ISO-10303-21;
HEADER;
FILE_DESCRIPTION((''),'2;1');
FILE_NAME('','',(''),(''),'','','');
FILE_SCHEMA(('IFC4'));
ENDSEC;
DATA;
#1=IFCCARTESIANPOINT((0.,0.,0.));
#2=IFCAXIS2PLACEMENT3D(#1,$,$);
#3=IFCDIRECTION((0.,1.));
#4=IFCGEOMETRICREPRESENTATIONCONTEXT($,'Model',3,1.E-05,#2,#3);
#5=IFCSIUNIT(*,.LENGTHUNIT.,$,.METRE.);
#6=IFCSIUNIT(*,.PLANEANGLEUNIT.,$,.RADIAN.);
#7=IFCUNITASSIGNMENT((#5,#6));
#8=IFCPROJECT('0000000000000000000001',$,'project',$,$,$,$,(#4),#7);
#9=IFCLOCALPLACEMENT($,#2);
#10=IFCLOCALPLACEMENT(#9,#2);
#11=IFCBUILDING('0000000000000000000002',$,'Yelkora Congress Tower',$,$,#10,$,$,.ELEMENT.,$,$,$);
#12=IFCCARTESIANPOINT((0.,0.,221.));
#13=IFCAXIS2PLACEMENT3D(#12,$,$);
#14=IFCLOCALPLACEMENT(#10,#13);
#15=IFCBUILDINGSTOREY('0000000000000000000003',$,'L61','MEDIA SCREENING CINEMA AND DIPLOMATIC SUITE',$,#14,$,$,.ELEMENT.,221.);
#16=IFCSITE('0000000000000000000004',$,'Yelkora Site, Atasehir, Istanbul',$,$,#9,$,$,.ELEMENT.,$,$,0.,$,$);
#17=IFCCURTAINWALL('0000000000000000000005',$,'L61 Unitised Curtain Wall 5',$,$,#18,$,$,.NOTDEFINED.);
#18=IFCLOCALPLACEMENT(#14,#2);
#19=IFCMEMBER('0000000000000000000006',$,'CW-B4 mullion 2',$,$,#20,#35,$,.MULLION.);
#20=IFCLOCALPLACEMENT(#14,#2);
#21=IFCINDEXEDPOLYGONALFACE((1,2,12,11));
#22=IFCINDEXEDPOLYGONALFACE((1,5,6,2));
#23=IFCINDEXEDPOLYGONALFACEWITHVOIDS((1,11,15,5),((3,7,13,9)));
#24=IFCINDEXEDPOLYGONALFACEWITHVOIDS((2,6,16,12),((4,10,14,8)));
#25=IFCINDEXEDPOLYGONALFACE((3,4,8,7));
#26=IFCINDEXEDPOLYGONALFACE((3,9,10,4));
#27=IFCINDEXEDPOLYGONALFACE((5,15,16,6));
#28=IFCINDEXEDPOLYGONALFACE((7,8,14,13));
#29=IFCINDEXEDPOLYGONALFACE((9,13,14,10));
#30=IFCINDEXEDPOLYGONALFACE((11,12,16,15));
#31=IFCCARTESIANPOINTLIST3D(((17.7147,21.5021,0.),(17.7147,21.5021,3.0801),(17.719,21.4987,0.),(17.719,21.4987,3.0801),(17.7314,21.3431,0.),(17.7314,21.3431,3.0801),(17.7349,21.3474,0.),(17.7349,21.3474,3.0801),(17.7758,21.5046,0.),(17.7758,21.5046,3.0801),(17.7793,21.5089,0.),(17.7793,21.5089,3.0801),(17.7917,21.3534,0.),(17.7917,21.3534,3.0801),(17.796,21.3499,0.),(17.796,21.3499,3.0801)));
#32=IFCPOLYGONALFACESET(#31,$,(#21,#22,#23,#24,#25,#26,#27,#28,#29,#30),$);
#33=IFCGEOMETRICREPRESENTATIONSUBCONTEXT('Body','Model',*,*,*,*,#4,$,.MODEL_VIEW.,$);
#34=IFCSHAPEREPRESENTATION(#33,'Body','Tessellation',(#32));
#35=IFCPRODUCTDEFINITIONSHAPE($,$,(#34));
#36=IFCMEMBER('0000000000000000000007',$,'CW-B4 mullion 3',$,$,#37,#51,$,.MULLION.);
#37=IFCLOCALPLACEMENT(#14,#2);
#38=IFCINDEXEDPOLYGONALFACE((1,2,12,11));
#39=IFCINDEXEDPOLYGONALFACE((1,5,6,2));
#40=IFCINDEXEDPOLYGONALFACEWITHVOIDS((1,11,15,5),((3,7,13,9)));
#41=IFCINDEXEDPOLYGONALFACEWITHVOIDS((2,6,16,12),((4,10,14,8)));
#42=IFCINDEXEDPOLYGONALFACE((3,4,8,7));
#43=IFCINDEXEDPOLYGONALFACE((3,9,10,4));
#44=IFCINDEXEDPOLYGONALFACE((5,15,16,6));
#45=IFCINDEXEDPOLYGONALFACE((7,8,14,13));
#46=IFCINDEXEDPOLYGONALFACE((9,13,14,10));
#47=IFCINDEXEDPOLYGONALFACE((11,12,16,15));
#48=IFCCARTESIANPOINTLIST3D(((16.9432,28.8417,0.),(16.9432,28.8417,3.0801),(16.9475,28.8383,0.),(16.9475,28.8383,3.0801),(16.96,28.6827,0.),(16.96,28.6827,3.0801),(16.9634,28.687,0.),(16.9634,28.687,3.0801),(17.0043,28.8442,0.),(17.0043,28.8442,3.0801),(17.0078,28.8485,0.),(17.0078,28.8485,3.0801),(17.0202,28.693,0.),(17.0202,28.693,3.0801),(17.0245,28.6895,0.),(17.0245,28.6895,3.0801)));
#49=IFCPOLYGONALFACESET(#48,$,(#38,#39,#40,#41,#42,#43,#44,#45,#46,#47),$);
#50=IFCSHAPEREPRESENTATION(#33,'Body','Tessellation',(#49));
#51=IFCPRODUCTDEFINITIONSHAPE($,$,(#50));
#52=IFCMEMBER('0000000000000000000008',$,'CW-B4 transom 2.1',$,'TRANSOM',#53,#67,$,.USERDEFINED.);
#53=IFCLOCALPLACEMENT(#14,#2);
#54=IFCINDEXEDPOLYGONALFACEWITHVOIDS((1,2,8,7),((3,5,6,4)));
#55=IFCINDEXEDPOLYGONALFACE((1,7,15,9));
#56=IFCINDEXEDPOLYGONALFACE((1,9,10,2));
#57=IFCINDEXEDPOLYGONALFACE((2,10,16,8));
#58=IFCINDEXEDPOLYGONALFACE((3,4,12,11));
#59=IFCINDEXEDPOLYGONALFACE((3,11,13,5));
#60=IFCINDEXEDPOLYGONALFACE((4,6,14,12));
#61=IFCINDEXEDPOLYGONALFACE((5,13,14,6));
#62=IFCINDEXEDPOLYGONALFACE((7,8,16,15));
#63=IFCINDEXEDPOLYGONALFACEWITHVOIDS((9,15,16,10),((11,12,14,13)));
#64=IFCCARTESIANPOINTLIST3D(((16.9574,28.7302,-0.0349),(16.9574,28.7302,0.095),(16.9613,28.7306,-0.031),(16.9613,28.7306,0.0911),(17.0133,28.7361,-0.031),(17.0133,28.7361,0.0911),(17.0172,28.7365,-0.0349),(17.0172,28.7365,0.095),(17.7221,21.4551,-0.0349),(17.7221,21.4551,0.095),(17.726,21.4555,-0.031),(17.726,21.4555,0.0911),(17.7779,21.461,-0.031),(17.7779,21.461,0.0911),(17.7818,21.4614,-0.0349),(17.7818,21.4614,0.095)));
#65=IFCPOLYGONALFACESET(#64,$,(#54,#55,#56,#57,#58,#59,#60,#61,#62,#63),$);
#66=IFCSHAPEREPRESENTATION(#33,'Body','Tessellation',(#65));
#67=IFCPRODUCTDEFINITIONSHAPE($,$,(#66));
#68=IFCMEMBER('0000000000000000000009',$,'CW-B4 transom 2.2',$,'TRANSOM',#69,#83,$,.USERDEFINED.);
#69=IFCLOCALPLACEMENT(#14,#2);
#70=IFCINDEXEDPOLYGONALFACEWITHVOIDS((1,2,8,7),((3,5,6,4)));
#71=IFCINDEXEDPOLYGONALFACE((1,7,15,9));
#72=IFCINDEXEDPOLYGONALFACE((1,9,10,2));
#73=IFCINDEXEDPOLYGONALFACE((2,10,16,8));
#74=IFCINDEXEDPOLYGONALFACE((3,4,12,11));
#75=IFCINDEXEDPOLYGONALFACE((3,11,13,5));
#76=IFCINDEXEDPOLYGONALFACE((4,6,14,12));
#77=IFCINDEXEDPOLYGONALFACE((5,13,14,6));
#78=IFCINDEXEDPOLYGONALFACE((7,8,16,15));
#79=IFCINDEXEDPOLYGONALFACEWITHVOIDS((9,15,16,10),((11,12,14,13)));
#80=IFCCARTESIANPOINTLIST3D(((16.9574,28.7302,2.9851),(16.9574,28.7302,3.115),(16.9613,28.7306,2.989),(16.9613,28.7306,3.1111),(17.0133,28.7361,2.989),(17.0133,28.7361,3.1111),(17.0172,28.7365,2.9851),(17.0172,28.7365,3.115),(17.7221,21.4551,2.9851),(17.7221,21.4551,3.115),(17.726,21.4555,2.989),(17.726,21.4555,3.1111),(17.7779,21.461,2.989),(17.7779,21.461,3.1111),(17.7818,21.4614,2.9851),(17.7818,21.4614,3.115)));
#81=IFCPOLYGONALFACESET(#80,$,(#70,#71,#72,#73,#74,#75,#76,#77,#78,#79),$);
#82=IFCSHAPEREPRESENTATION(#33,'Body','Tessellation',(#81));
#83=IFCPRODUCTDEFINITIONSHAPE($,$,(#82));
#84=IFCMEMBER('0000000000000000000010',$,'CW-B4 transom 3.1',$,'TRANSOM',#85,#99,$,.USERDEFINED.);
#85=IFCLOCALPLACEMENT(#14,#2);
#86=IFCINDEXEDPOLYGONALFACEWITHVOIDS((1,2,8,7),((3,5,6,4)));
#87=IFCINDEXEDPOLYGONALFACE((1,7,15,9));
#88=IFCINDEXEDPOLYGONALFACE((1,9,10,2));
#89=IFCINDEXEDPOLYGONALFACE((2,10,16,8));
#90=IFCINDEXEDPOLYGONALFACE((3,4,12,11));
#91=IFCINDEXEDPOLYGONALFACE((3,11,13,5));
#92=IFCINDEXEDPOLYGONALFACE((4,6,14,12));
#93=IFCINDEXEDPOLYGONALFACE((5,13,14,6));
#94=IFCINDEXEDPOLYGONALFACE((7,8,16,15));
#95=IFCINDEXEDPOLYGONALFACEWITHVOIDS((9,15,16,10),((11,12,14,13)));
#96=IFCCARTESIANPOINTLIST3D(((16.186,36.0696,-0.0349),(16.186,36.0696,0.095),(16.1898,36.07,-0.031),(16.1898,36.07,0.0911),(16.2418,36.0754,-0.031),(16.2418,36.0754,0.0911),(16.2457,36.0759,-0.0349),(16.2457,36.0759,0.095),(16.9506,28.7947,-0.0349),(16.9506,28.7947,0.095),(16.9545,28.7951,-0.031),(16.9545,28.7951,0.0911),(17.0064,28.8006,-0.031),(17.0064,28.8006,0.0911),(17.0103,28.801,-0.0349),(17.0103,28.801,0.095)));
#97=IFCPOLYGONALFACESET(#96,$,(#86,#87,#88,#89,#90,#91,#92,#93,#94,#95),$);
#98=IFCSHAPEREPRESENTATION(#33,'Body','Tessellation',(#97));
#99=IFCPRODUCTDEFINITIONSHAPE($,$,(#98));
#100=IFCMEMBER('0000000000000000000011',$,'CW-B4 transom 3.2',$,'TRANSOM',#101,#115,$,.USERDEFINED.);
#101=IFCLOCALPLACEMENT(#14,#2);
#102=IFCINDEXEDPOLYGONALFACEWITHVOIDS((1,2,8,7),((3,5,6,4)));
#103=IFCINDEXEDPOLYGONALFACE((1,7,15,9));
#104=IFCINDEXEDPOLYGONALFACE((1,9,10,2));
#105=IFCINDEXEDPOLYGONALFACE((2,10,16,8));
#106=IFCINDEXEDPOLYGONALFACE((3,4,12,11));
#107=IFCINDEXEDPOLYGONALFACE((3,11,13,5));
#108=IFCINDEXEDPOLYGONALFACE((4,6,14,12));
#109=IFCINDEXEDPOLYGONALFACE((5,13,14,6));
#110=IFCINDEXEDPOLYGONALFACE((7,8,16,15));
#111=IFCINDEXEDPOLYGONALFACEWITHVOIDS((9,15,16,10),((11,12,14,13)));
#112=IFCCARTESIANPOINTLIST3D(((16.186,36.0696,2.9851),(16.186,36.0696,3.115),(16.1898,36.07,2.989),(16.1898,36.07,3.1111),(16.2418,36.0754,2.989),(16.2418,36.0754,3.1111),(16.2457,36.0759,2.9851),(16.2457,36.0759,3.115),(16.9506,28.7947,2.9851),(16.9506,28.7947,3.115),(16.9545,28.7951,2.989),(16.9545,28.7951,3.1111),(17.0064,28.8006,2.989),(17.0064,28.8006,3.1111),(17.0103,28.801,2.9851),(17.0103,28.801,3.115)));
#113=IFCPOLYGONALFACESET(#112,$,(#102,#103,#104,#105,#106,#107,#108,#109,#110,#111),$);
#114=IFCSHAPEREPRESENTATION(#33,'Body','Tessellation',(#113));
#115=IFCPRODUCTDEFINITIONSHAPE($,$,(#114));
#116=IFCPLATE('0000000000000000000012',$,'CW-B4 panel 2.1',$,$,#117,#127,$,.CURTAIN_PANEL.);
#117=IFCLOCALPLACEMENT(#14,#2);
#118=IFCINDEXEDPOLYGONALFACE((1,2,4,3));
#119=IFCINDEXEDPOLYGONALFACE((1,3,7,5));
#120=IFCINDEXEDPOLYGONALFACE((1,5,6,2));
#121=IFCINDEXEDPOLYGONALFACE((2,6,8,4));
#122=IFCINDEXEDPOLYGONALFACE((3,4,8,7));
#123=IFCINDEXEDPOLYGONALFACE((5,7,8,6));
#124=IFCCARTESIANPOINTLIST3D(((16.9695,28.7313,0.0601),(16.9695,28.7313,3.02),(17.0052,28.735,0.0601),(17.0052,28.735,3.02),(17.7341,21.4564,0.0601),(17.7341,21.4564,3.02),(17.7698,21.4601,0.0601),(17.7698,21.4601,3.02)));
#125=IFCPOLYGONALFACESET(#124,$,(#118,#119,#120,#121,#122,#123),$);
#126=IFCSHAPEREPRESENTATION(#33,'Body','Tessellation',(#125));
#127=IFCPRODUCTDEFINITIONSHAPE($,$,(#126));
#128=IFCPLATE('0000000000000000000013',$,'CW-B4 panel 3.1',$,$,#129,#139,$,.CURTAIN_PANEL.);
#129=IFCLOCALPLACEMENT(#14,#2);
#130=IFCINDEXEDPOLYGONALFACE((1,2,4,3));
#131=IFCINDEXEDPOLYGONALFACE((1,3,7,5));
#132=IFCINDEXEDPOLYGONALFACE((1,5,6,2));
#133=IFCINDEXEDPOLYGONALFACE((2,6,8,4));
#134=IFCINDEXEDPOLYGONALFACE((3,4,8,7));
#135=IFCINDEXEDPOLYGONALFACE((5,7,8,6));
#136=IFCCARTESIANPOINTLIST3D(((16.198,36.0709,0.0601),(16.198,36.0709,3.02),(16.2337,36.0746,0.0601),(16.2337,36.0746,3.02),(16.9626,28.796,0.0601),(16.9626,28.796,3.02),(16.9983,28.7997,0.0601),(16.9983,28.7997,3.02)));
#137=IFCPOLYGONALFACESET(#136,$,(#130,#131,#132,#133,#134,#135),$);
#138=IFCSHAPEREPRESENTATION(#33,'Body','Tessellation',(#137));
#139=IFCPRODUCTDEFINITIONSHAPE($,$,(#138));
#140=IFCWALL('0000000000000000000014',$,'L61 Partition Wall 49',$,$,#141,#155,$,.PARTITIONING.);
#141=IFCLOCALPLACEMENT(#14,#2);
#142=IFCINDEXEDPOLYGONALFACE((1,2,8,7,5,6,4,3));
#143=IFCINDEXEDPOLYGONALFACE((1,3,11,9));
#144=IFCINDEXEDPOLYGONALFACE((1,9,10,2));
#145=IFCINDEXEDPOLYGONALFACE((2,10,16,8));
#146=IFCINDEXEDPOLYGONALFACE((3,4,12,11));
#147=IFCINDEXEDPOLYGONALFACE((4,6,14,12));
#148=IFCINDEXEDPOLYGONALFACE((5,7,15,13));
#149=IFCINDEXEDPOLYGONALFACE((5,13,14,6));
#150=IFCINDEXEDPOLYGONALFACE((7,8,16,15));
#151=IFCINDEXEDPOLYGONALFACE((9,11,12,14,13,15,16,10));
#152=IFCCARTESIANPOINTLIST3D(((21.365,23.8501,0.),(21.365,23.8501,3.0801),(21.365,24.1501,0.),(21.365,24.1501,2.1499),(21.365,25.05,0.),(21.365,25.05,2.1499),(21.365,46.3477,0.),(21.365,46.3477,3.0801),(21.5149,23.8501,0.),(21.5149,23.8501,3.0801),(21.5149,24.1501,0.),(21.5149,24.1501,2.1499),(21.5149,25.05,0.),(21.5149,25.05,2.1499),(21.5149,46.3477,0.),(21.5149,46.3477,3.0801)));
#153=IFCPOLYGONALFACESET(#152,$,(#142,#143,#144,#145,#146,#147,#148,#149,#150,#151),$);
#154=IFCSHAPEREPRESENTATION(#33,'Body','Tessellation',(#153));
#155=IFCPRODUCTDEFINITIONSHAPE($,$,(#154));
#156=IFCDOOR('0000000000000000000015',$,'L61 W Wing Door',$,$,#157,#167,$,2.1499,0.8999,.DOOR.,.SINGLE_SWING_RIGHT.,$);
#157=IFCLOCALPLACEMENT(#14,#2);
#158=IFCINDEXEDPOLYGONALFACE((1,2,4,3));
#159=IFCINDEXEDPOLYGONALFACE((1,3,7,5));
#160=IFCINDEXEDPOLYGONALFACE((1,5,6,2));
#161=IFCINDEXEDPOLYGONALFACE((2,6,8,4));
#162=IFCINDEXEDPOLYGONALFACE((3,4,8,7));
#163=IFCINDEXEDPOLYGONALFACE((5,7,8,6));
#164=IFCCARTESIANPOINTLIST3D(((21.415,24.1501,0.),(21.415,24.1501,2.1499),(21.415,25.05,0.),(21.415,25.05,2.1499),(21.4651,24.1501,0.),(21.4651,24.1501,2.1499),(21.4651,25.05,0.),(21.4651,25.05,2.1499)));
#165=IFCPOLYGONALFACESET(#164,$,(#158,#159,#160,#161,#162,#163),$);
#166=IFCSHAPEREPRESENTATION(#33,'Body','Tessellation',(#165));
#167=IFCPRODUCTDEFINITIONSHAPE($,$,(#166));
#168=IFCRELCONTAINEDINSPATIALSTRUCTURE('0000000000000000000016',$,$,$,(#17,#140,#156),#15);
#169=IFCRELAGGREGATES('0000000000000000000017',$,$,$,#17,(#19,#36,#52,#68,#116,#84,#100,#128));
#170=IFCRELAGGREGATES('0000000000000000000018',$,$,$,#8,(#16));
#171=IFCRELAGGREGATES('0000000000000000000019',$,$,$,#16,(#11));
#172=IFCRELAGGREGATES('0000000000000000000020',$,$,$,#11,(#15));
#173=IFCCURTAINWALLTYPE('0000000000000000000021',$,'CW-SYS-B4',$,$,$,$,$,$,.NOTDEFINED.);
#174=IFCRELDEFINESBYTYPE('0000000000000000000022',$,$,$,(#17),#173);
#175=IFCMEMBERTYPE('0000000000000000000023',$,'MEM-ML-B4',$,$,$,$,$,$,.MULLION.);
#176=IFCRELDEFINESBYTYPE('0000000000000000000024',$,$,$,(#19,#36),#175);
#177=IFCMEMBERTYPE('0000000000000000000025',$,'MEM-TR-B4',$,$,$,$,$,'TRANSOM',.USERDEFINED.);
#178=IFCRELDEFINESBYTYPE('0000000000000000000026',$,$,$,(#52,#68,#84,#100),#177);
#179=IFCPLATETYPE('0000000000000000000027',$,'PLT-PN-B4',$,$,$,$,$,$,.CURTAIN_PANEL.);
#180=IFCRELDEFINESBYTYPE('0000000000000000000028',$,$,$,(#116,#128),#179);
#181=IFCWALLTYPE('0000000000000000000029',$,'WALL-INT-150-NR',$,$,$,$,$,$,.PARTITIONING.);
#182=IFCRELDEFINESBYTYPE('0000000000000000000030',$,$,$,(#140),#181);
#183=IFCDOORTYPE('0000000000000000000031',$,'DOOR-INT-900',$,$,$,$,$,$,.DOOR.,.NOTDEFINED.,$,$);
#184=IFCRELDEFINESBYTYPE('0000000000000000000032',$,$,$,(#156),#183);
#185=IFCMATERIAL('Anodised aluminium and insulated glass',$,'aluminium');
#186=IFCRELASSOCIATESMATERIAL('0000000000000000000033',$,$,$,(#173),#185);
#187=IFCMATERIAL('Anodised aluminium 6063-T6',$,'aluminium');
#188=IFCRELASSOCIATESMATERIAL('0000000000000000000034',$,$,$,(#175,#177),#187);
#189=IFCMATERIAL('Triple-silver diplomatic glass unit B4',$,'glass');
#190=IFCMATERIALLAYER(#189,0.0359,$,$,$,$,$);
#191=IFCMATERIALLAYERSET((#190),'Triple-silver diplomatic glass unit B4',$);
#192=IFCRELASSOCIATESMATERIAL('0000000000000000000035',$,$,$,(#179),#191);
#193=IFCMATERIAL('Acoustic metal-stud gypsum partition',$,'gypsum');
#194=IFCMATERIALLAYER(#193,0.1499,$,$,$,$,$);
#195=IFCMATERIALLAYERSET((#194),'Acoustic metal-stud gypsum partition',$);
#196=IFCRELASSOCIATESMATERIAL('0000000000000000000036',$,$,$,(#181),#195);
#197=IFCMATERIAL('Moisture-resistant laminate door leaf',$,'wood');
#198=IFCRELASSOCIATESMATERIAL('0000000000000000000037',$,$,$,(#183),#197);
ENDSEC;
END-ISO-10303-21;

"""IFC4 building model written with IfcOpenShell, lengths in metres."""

from ifc_helpers import new_model, si_unit, direction, frame, frame_2d, origin, origin_2d, place, context, subcontext, project, spatial, rectangle, hollow_rectangle, extrude, material, layer, layer_set, material_profile, profile_set, type_object, element, fill, aggregate, save


model = new_model("IFC4")

# Units and contexts
model_context = context("Model", 3, precision=1e-05, world=origin(), true_north=direction((0.0, 1.0)))
body_context = subcontext(model_context, "Body", "Model", "MODEL_VIEW")
ifc_project = project(units=[si_unit("LENGTHUNIT", "METRE"), si_unit("PLANEANGLEUNIT", "RADIAN")], contexts=[model_context])

# Site, building, storey
site_placement = place(None, origin())
site = spatial("IfcSite", under=ifc_project, at=site_placement, Name="Yelkora Site, Atasehir, Istanbul", CompositionType="ELEMENT", RefElevation=0.0)
building_placement = place(site_placement, origin())
building = spatial("IfcBuilding", under=site, at=building_placement, Name="Yelkora Congress Tower", CompositionType="ELEMENT")
storey_placement = place(building_placement, frame((0.0, 0.0, 221.0)))
storey = spatial("IfcBuildingStorey", under=building, at=storey_placement, Name="L61", Description="MEDIA SCREENING CINEMA AND DIPLOMATIC SUITE", CompositionType="ELEMENT", Elevation=221.0)

# Curtain wall, members, plates
ifc_material_1 = material(Name="Anodised aluminium and insulated glass", Category="aluminium")
curtain_wall_type = type_object("IfcCurtainWallType", Name="CW-SYS-B4", PredefinedType="NOTDEFINED", material=ifc_material_1)
curtain_wall_placement = place(storey_placement, origin())
curtain_wall = element("IfcCurtainWall", 1, at=curtain_wall_placement, inside=storey, type_object=curtain_wall_type, Name="L61 Unitised Curtain Wall 5", PredefinedType="NOTDEFINED")
ifc_material_2 = material(Name="Anodised aluminium 6063-T6", Category="aluminium")
ifc_material_profile_1 = material_profile(ifc_material_2, hollow_rectangle(XDim=0.0649, YDim=0.1599, WallThickness=0.0039, at=origin_2d()), Name="ALU 65x160x4")
ifc_profile_set_1 = profile_set([ifc_material_profile_1], Name="Anodised aluminium 6063-T6")
member_type_1 = type_object("IfcMemberType", Name="MEM-ML-B4", PredefinedType="MULLION", material=ifc_profile_set_1)
member_1_placement = place(storey_placement, frame((17.7554, 21.426, 0.0), z_axis=(0.0, 0.0, 1.0), x_axis=(-0.994522, -0.104526, 0.0)))
member_1 = element("IfcMember", 2, at=member_1_placement, type_object=member_type_1, Name="CW-B4 mullion 2", PredefinedType="MULLION", context=body_context, shape_type="SweptSolid", body=[
    extrude(hollow_rectangle(XDim=0.0649, YDim=0.1599, WallThickness=0.0039, at=origin_2d()), origin(), (0.0, 0.0, 1.0), 3.0801),
])
member_2_placement = place(storey_placement, frame((16.9839, 28.7656, 0.0), z_axis=(0.0, 0.0, 1.0), x_axis=(-0.994522, -0.104526, 0.0)))
member_2 = element("IfcMember", 3, at=member_2_placement, type_object=member_type_1, Name="CW-B4 mullion 3", PredefinedType="MULLION", context=body_context, shape_type="SweptSolid", body=[
    extrude(hollow_rectangle(XDim=0.0649, YDim=0.1599, WallThickness=0.0039, at=origin_2d()), origin(), (0.0, 0.0, 1.0), 3.0801),
])
ifc_material_profile_2 = material_profile(ifc_material_2, hollow_rectangle(XDim=0.0601, YDim=0.1299, WallThickness=0.0039, at=origin_2d()), Name="ALU 60x130x4")
ifc_profile_set_2 = profile_set([ifc_material_profile_2], Name="Anodised aluminium 6063-T6")
member_type_2 = type_object("IfcMemberType", Name="MEM-TR-B4", ElementType="TRANSOM", PredefinedType="USERDEFINED", material=ifc_profile_set_2)
member_3_placement = place(storey_placement, frame((17.752, 21.4583, 0.03), z_axis=(-0.104528, 0.994522, 0.0), x_axis=(-0.994522, -0.104528, 0.0)))
member_3 = element("IfcMember", 4, at=member_3_placement, type_object=member_type_2, Name="CW-B4 transom 2.1", ObjectType="TRANSOM", PredefinedType="USERDEFINED", context=body_context, shape_type="SweptSolid", body=[
    extrude(hollow_rectangle(XDim=0.0601, YDim=0.1299, WallThickness=0.0039, at=origin_2d()), origin(), (0.0, 0.0, 1.0), 7.3152),
])
member_4_placement = place(storey_placement, frame((17.752, 21.4583, 3.05), z_axis=(-0.104528, 0.994522, 0.0), x_axis=(-0.994522, -0.104528, 0.0)))
member_4 = element("IfcMember", 5, at=member_4_placement, type_object=member_type_2, Name="CW-B4 transom 2.2", ObjectType="TRANSOM", PredefinedType="USERDEFINED", context=body_context, shape_type="SweptSolid", body=[
    extrude(hollow_rectangle(XDim=0.0601, YDim=0.1299, WallThickness=0.0039, at=origin_2d()), origin(), (0.0, 0.0, 1.0), 7.3152),
])
member_5_placement = place(storey_placement, frame((16.9805, 28.7979, 0.03), z_axis=(-0.104532, 0.994522, 0.0), x_axis=(-0.994522, -0.104532, 0.0)))
member_5 = element("IfcMember", 6, at=member_5_placement, type_object=member_type_2, Name="CW-B4 transom 3.1", ObjectType="TRANSOM", PredefinedType="USERDEFINED", context=body_context, shape_type="SweptSolid", body=[
    extrude(hollow_rectangle(XDim=0.0601, YDim=0.1299, WallThickness=0.0039, at=origin_2d()), origin(), (0.0, 0.0, 1.0), 7.3149),
])
member_6_placement = place(storey_placement, frame((16.9805, 28.7979, 3.05), z_axis=(-0.104532, 0.994522, 0.0), x_axis=(-0.994522, -0.104532, 0.0)))
member_6 = element("IfcMember", 7, at=member_6_placement, type_object=member_type_2, Name="CW-B4 transom 3.2", ObjectType="TRANSOM", PredefinedType="USERDEFINED", context=body_context, shape_type="SweptSolid", body=[
    extrude(hollow_rectangle(XDim=0.0601, YDim=0.1299, WallThickness=0.0039, at=origin_2d()), origin(), (0.0, 0.0, 1.0), 7.3149),
])
ifc_material_3 = material(Name="Triple-silver diplomatic glass unit B4", Category="glass")
ifc_layer_1 = layer(ifc_material_3, 0.0359)
ifc_layer_set_1 = layer_set([ifc_layer_1], Name="Triple-silver diplomatic glass unit B4")
plate_type = type_object("IfcPlateType", Name="PLT-PN-B4", PredefinedType="CURTAIN_PANEL", material=ifc_layer_set_1)
plate_1_placement = place(storey_placement, frame((17.3696, 25.0957, 0.0601), z_axis=(0.0, 0.0, 1.0), x_axis=(-0.104526, 0.994522, 0.0)))
plate_1 = element("IfcPlate", 8, at=plate_1_placement, type_object=plate_type, Name="CW-B4 panel 2.1", PredefinedType="CURTAIN_PANEL", context=body_context, shape_type="SweptSolid", body=[
    extrude(rectangle(XDim=7.3149, YDim=0.0359, at=origin_2d()), origin(), (0.0, 0.0, 1.0), 2.96),
])
plate_2_placement = place(storey_placement, frame((16.5981, 32.4353, 0.0601), z_axis=(0.0, 0.0, 1.0), x_axis=(-0.104526, 0.994522, 0.0)))
plate_2 = element("IfcPlate", 9, at=plate_2_placement, type_object=plate_type, Name="CW-B4 panel 3.1", PredefinedType="CURTAIN_PANEL", context=body_context, shape_type="SweptSolid", body=[
    extrude(rectangle(XDim=7.3149, YDim=0.0359, at=origin_2d()), origin(), (0.0, 0.0, 1.0), 2.96),
])
aggregate(curtain_wall, [member_1, member_2, member_3, member_4, plate_1, member_5, member_6, plate_2])

# Wall, opening, door
ifc_material_4 = material(Name="Acoustic metal-stud gypsum partition", Category="gypsum")
ifc_layer_2 = layer(ifc_material_4, 0.1499)
ifc_layer_set_2 = layer_set([ifc_layer_2], Name="Acoustic metal-stud gypsum partition")
wall_type_1 = type_object("IfcWallType", Name="WALL-INT-150-NR", PredefinedType="PARTITIONING", material=ifc_layer_set_2)
wall_1_placement = place(storey_placement, frame((21.4399, 23.8501, 0.0), z_axis=(0.0, 0.0, 1.0), x_axis=(0.0, 1.0, 0.0)))
wall_1 = element("IfcWall", 10, at=wall_1_placement, inside=storey, type_object=wall_type_1, Name="L61 Partition Wall 49", PredefinedType="PARTITIONING", context=body_context, shape_type="SweptSolid", body=[
    extrude(rectangle(XDim=22.4976, YDim=0.1499, at=frame_2d((11.2488, 0.0))), origin(), (0.0, 0.0, 1.0), 3.0801),
])
opening_1_placement = place(wall_1_placement, frame((0.3, 0.0, 0.0)))
opening_1 = element("IfcOpeningElement", 11, at=opening_1_placement, cuts=wall_1, PredefinedType="OPENING", context=body_context, shape_type="SweptSolid", body=[
    extrude(rectangle(XDim=0.8999, YDim=2.1499, at=frame_2d((0.45, 1.075))), frame((0.0, 0.085, 0.0), z_axis=(0.0, -1.0, 0.0), x_axis=(1.0, 0.0, 0.0)), (0.0, 0.0, 1.0), 0.1699),
])
ifc_material_5 = material(Name="Moisture-resistant laminate door leaf", Category="wood")
door_type_1 = type_object("IfcDoorType", Name="DOOR-INT-900", OperationType="NOTDEFINED", PredefinedType="DOOR", material=ifc_material_5)
door_1_placement = place(opening_1_placement, origin())
door_1 = element("IfcDoor", 12, at=door_1_placement, inside=storey, type_object=door_type_1, Name="L61 W Wing Door", OperationType="SINGLE_SWING_RIGHT", OverallHeight=2.1499, OverallWidth=0.8999, PredefinedType="DOOR", context=body_context, shape_type="SweptSolid", body=[
    extrude(rectangle(XDim=0.8999, YDim=2.1499, at=frame_2d((0.45, 1.075))), frame((0.0, 0.0249, 0.0), z_axis=(0.0, -1.0, 0.0), x_axis=(1.0, 0.0, 0.0)), (0.0, 0.0, 1.0), 0.05),
])
fill(opening_1, door_1)

save(model, "model.ifc")
